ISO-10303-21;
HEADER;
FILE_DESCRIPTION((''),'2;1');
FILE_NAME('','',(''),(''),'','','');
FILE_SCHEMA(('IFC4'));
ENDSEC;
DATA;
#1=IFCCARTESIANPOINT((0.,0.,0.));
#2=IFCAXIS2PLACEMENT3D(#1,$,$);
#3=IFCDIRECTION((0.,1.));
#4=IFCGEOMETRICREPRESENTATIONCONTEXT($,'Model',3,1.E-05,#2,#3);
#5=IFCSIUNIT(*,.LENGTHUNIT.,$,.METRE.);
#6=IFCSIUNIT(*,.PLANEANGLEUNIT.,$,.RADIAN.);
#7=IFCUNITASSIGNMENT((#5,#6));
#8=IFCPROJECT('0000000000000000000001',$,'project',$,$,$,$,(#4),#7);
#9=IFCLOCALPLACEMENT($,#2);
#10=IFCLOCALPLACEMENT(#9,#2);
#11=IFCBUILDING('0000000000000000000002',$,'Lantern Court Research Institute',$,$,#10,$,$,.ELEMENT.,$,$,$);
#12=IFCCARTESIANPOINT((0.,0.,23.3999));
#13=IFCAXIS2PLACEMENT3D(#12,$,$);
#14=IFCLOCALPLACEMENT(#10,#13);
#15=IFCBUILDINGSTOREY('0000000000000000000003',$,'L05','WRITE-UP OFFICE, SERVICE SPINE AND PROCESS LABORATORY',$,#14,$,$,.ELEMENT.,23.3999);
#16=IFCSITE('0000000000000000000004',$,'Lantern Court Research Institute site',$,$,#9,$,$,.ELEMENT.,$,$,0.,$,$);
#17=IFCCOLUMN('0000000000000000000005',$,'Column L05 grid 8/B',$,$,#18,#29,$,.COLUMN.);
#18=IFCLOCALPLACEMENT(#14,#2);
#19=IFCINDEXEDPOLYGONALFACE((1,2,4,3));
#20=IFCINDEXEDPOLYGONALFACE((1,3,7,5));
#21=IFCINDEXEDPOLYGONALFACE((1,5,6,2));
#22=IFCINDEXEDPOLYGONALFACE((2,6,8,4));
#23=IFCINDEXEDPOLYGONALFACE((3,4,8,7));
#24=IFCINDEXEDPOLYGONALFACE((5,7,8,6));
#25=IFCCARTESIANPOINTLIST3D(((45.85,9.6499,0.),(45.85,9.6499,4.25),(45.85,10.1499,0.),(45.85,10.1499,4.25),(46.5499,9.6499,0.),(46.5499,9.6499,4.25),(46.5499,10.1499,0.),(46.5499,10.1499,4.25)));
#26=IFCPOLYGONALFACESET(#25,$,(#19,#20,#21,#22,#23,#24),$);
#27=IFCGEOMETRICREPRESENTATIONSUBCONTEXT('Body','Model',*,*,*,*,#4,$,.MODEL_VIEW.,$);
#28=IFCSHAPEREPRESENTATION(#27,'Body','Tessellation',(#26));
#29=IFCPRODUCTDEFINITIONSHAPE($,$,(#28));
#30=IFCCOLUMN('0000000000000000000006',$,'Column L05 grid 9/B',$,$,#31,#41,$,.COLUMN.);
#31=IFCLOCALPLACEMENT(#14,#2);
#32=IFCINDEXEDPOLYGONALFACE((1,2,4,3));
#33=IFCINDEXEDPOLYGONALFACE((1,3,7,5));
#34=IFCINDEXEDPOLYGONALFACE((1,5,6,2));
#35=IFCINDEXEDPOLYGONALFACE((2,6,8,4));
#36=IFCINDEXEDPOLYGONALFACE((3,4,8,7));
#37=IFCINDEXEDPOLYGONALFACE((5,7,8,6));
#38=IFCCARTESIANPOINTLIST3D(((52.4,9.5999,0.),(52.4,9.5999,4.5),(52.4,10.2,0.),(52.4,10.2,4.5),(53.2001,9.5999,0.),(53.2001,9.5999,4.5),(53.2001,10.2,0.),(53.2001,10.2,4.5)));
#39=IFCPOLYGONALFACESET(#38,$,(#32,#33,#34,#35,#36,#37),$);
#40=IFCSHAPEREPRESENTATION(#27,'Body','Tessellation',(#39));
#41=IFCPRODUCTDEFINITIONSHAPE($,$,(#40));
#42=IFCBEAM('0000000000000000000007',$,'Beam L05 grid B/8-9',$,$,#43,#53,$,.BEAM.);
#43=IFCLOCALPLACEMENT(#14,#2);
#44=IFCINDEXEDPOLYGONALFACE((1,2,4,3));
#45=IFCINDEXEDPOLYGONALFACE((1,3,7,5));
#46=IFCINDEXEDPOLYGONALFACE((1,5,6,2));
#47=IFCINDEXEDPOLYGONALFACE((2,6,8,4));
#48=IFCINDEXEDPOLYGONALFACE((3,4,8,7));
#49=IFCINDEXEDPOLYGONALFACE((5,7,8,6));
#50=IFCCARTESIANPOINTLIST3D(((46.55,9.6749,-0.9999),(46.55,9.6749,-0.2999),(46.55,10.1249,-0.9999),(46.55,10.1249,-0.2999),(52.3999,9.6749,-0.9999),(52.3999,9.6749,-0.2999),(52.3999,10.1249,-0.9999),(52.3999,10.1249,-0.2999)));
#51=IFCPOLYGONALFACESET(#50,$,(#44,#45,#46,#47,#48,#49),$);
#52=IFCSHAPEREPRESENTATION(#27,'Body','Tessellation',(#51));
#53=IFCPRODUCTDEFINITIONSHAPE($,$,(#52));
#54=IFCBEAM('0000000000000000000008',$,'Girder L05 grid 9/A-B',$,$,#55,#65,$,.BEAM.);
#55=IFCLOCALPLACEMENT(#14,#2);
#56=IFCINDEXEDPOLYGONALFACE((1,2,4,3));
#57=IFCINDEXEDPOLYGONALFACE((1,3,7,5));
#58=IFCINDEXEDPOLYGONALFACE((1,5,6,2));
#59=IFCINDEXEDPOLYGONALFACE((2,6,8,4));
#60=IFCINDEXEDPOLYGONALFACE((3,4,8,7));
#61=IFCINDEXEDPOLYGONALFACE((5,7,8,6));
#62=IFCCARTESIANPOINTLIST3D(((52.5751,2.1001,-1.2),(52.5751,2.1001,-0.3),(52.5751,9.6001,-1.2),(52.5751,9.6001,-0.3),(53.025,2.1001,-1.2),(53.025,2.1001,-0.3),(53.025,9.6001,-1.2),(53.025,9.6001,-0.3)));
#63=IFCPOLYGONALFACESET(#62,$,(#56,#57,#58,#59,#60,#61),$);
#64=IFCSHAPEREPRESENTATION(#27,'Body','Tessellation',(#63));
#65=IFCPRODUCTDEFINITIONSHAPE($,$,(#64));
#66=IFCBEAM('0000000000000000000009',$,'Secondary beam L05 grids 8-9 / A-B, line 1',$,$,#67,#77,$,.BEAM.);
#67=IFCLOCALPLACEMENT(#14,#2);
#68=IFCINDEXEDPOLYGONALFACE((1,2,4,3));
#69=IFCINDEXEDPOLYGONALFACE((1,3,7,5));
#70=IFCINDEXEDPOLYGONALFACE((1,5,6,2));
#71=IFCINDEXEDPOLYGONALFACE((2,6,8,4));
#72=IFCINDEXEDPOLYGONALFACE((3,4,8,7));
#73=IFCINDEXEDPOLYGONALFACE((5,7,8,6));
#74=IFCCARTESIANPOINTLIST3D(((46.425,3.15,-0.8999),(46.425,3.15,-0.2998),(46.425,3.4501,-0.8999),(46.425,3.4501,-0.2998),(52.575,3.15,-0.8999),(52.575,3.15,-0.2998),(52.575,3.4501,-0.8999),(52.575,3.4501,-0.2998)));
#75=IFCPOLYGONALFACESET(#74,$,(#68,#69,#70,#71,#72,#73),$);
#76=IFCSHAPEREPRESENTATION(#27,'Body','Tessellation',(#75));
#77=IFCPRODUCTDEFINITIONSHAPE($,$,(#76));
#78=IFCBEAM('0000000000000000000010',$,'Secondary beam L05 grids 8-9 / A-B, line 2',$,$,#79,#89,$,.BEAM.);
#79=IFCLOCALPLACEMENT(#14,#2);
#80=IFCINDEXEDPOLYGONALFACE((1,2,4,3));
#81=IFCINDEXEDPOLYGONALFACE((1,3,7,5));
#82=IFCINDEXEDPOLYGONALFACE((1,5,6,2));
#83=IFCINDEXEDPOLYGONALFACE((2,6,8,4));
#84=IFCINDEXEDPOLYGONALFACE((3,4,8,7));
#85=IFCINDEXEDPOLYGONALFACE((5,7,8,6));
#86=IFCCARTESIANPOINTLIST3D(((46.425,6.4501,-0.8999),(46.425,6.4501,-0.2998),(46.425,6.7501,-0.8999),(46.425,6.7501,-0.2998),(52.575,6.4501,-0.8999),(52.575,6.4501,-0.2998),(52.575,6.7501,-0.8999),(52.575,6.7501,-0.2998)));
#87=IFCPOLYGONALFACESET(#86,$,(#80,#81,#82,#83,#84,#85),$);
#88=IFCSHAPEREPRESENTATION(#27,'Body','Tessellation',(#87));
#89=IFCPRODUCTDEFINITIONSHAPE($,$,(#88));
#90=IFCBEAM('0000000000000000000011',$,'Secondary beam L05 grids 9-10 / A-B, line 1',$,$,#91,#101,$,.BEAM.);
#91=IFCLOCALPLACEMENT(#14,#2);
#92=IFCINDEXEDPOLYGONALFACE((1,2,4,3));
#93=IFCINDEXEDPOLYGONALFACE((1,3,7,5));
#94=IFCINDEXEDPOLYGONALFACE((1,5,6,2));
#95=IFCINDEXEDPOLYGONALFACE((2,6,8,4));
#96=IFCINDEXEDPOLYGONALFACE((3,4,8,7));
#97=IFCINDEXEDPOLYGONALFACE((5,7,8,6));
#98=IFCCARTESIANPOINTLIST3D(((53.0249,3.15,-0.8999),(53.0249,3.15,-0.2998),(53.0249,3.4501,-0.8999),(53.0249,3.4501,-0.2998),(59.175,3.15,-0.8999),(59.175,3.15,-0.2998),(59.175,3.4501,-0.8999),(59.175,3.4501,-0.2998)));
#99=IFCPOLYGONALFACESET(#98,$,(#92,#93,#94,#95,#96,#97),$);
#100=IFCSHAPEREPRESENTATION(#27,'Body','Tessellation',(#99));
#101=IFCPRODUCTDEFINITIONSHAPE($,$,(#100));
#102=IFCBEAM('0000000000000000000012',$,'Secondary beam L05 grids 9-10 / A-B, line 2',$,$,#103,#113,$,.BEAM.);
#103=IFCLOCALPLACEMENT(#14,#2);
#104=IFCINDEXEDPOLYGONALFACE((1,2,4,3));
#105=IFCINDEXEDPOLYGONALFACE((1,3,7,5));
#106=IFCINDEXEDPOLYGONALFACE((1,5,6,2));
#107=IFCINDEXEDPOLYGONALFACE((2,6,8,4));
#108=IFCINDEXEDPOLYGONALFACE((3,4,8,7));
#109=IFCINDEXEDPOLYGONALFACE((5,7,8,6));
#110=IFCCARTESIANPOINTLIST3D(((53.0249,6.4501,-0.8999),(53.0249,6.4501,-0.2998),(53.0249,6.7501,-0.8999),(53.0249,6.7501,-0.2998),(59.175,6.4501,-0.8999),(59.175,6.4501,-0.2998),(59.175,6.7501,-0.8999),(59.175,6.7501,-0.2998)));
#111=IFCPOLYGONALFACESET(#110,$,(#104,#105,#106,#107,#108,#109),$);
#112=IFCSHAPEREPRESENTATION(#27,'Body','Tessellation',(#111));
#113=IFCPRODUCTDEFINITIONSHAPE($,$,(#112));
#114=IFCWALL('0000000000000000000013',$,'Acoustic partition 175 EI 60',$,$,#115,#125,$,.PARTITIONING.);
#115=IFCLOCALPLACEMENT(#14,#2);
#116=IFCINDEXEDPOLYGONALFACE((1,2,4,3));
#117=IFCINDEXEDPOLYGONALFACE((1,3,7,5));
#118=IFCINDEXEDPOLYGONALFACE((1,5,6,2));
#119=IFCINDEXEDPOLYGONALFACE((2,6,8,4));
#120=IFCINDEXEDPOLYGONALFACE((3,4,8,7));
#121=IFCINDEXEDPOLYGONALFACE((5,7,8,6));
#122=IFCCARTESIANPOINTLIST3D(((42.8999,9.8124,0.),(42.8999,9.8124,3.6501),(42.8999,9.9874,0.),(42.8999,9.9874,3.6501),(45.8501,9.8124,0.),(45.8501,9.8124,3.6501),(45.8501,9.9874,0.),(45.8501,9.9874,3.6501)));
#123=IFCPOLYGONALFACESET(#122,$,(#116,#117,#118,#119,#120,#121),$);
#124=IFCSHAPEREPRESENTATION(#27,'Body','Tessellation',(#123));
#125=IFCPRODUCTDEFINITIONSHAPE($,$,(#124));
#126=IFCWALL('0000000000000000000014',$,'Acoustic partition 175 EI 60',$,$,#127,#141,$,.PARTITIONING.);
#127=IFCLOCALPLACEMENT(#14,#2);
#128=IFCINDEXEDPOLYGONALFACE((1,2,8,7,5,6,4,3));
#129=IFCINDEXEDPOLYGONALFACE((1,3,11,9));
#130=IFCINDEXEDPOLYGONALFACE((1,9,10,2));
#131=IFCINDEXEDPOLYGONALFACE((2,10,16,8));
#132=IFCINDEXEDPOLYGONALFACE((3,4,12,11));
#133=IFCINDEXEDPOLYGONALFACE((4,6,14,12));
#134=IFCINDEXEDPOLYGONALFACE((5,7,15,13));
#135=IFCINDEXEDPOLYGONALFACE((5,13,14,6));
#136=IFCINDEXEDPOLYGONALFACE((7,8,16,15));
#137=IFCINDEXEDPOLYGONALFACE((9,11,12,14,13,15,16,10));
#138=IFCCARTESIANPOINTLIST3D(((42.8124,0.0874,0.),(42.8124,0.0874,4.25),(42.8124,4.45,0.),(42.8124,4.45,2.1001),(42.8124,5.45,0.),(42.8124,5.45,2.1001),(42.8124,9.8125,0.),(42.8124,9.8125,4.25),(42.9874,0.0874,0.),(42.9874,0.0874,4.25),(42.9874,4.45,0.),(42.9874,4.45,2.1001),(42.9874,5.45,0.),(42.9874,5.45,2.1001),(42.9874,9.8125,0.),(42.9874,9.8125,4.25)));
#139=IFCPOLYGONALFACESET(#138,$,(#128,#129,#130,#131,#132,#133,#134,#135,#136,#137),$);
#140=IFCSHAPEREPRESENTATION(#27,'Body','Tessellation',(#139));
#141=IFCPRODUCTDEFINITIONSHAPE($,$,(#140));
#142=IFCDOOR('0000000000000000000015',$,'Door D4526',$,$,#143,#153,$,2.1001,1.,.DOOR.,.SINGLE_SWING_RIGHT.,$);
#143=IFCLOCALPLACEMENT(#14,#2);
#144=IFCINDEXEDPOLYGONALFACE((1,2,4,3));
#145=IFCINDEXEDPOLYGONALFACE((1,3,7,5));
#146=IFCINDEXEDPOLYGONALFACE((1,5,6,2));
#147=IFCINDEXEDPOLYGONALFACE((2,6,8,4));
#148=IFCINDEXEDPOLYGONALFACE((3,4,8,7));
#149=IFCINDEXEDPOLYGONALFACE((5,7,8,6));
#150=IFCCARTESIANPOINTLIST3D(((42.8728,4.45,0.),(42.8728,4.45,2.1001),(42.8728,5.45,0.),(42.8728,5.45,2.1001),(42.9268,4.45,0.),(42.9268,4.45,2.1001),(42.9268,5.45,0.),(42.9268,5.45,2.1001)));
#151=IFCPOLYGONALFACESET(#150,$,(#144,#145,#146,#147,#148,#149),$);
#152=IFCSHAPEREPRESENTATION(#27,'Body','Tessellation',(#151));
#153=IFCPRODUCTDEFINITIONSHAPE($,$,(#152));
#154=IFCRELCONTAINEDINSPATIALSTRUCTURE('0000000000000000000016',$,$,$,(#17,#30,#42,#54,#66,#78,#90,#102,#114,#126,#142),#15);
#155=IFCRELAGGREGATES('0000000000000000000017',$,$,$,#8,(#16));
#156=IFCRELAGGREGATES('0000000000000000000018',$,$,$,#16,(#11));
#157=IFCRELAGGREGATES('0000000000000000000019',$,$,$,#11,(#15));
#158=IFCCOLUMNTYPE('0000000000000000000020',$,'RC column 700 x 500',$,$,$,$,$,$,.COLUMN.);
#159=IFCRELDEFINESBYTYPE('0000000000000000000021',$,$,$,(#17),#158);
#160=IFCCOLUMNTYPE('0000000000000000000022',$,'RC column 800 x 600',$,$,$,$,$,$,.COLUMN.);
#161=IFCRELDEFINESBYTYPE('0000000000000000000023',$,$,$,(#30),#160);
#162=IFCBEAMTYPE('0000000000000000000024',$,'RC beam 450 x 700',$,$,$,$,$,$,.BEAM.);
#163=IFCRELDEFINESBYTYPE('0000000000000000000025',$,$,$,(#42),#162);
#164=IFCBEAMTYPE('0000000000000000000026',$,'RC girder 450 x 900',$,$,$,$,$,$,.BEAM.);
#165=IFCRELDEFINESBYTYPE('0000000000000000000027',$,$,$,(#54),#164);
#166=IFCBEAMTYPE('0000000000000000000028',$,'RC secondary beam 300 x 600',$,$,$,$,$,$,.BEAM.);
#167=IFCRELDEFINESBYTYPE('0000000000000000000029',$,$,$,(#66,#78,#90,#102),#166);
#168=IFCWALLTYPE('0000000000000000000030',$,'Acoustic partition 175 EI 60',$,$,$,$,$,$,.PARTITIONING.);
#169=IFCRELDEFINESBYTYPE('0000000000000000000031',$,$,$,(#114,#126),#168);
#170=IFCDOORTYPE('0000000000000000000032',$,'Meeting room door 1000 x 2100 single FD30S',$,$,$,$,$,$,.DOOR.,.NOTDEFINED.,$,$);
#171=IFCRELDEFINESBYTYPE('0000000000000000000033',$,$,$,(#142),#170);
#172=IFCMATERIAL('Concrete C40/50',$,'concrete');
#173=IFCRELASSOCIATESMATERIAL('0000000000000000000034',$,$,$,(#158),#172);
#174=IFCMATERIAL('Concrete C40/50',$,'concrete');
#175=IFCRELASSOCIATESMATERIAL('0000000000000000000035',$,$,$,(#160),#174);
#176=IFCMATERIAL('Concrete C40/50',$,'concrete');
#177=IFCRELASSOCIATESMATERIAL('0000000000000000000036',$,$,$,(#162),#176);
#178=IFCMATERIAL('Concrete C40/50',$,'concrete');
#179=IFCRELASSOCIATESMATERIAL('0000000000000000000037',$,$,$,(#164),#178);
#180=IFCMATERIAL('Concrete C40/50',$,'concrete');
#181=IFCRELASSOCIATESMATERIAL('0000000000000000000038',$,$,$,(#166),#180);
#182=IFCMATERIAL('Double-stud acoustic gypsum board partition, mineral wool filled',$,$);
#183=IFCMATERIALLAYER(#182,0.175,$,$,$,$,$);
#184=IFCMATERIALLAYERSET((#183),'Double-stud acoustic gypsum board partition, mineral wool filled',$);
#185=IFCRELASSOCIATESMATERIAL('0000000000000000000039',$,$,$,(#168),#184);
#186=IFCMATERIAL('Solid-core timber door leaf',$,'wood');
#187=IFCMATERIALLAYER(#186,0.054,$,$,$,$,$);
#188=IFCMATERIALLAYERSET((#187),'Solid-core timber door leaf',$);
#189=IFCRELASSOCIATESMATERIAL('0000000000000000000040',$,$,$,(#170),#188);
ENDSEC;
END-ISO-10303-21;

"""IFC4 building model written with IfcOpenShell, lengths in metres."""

from ifc_helpers import new_model, si_unit, direction, frame, frame_2d, origin, origin_2d, place, context, subcontext, project, spatial, rectangle, extrude, material, layer, layer_set, material_profile, profile_set, type_object, element, fill, save


model = new_model("IFC4")

# Units and contexts
model_context = context("Model", 3, precision=1e-05, world=origin(), true_north=direction((0.0, 1.0)))
body_context = subcontext(model_context, "Body", "Model", "MODEL_VIEW")
ifc_project = project(units=[si_unit("LENGTHUNIT", "METRE"), si_unit("PLANEANGLEUNIT", "RADIAN")], contexts=[model_context])

# Site, building, storey
site_placement = place(None, origin())
site = spatial("IfcSite", under=ifc_project, at=site_placement, Name="Lantern Court Research Institute site", CompositionType="ELEMENT", RefElevation=0.0)
building_placement = place(site_placement, origin())
building = spatial("IfcBuilding", under=site, at=building_placement, Name="Lantern Court Research Institute", CompositionType="ELEMENT")
storey_placement = place(building_placement, frame((0.0, 0.0, 23.3999)))
storey = spatial("IfcBuildingStorey", under=building, at=storey_placement, Name="L05", Description="WRITE-UP OFFICE, SERVICE SPINE AND PROCESS LABORATORY", CompositionType="ELEMENT", Elevation=23.3999)

# Columns
ifc_material_1 = material(Name="Concrete C40/50", Category="concrete")
ifc_material_profile_1 = material_profile(ifc_material_1, rectangle(XDim=0.7, YDim=0.5, at=origin_2d()), Name="RC column 700 x 500")
ifc_profile_set_1 = profile_set([ifc_material_profile_1], Name="Concrete C40/50")
column_type_1 = type_object("IfcColumnType", Name="RC column 700 x 500", PredefinedType="COLUMN", material=ifc_profile_set_1)
column_1_placement = place(storey_placement, frame((46.2, 9.8999, 0.0), z_axis=(0.0, 0.0, 1.0), x_axis=(1.0, 0.0, 0.0)))
element("IfcColumn", 1, at=column_1_placement, inside=storey, type_object=column_type_1, Name="Column L05 grid 8/B", PredefinedType="COLUMN", context=body_context, shape_type="SweptSolid", body=[
    extrude(rectangle(XDim=0.7, YDim=0.5, at=origin_2d()), origin(), (0.0, 0.0, 1.0), 4.25),
])
ifc_material_2 = material(Name="Concrete C40/50", Category="concrete")
ifc_material_profile_2 = material_profile(ifc_material_2, rectangle(XDim=0.8, YDim=0.6001, at=origin_2d()), Name="RC column 800 x 600")
ifc_profile_set_2 = profile_set([ifc_material_profile_2], Name="Concrete C40/50")
column_type_2 = type_object("IfcColumnType", Name="RC column 800 x 600", PredefinedType="COLUMN", material=ifc_profile_set_2)
column_2_placement = place(storey_placement, frame((52.8, 9.8999, 0.0), z_axis=(0.0, 0.0, 1.0), x_axis=(1.0, 0.0, 0.0)))
element("IfcColumn", 2, at=column_2_placement, inside=storey, type_object=column_type_2, Name="Column L05 grid 9/B", PredefinedType="COLUMN", context=body_context, shape_type="SweptSolid", body=[
    extrude(rectangle(XDim=0.8, YDim=0.6001, at=origin_2d()), origin(), (0.0, 0.0, 1.0), 4.5),
])

# Beams
ifc_material_3 = material(Name="Concrete C40/50", Category="concrete")
ifc_material_profile_3 = material_profile(ifc_material_3, rectangle(XDim=0.45, YDim=0.7, at=origin_2d()), Name="RC beam 450 x 700")
ifc_profile_set_3 = profile_set([ifc_material_profile_3], Name="Concrete C40/50")
beam_type_1 = type_object("IfcBeamType", Name="RC beam 450 x 700", PredefinedType="BEAM", material=ifc_profile_set_3)
beam_1_placement = place(storey_placement, frame((46.55, 9.8999, -0.6499), z_axis=(1.0, 0.0, 0.0), x_axis=(0.0, 1.0, 0.0)))
element("IfcBeam", 3, at=beam_1_placement, inside=storey, type_object=beam_type_1, Name="Beam L05 grid B/8-9", PredefinedType="BEAM", context=body_context, shape_type="SweptSolid", body=[
    extrude(rectangle(XDim=0.45, YDim=0.7, at=origin_2d()), origin(), (0.0, 0.0, 1.0), 5.8499),
])
ifc_material_4 = material(Name="Concrete C40/50", Category="concrete")
ifc_material_profile_4 = material_profile(ifc_material_4, rectangle(XDim=0.45, YDim=0.8999, at=origin_2d()), Name="RC beam 450 x 900")
ifc_profile_set_4 = profile_set([ifc_material_profile_4], Name="Concrete C40/50")
beam_type_2 = type_object("IfcBeamType", Name="RC girder 450 x 900", PredefinedType="BEAM", material=ifc_profile_set_4)
beam_2_placement = place(storey_placement, frame((52.8, 2.1001, -0.75), z_axis=(0.0, 1.0, 0.0), x_axis=(-1.0, 0.0, 0.0)))
element("IfcBeam", 4, at=beam_2_placement, inside=storey, type_object=beam_type_2, Name="Girder L05 grid 9/A-B", PredefinedType="BEAM", context=body_context, shape_type="SweptSolid", body=[
    extrude(rectangle(XDim=0.45, YDim=0.8999, at=origin_2d()), origin(), (0.0, 0.0, 1.0), 7.5),
])
ifc_material_5 = material(Name="Concrete C40/50", Category="concrete")
ifc_material_profile_5 = material_profile(ifc_material_5, rectangle(XDim=0.3, YDim=0.6001, at=origin_2d()), Name="RC beam 300 x 600")
ifc_profile_set_5 = profile_set([ifc_material_profile_5], Name="Concrete C40/50")
beam_type_3 = type_object("IfcBeamType", Name="RC secondary beam 300 x 600", PredefinedType="BEAM", material=ifc_profile_set_5)
for number, where, z_axis, x_axis, name in (
    (5, (46.425, 3.3, -0.5999), (1.0, 0.0, 0.0), (0.0, 1.0, 0.0), "Secondary beam L05 grids 8-9 / A-B, line 1"),
    (6, (46.425, 6.6001, -0.5999), (1.0, 0.0, 0.0), (0.0, 1.0, 0.0), "Secondary beam L05 grids 8-9 / A-B, line 2"),
):
    element("IfcBeam", number, at=place(storey_placement, frame(where, z_axis=z_axis, x_axis=x_axis)), inside=storey, type_object=beam_type_3, Name=name, PredefinedType="BEAM", context=body_context, shape_type="SweptSolid", body=[
        extrude(rectangle(XDim=0.3, YDim=0.6001, at=origin_2d()), origin(), (0.0, 0.0, 1.0), 6.1499),
    ])
for number, where, z_axis, x_axis, name in (
    (7, (53.0249, 3.3, -0.5999), (1.0, 0.0, 0.0), (0.0, 1.0, 0.0), "Secondary beam L05 grids 9-10 / A-B, line 1"),
    (8, (53.0249, 6.6001, -0.5999), (1.0, 0.0, 0.0), (0.0, 1.0, 0.0), "Secondary beam L05 grids 9-10 / A-B, line 2"),
):
    element("IfcBeam", number, at=place(storey_placement, frame(where, z_axis=z_axis, x_axis=x_axis)), inside=storey, type_object=beam_type_3, Name=name, PredefinedType="BEAM", context=body_context, shape_type="SweptSolid", body=[
        extrude(rectangle(XDim=0.3, YDim=0.6001, at=origin_2d()), origin(), (0.0, 0.0, 1.0), 6.1501),
    ])

# Wall
ifc_material_6 = material(Name="Double-stud acoustic gypsum board partition, mineral wool filled")
ifc_layer_1 = layer(ifc_material_6, 0.175)
ifc_layer_set_1 = layer_set([ifc_layer_1], Name="Double-stud acoustic gypsum board partition, mineral wool filled")
wall_type_1 = type_object("IfcWallType", Name="Acoustic partition 175 EI 60", PredefinedType="PARTITIONING", material=ifc_layer_set_1)
wall_1_placement = place(storey_placement, frame((42.8999, 9.8999, 0.0), z_axis=(0.0, 0.0, 1.0), x_axis=(1.0, 0.0, 0.0)))
element("IfcWall", 9, at=wall_1_placement, inside=storey, type_object=wall_type_1, Name="Acoustic partition 175 EI 60", PredefinedType="PARTITIONING", context=body_context, shape_type="SweptSolid", body=[
    extrude(rectangle(XDim=2.9502, YDim=0.175, at=frame_2d((1.4751, 0.0))), origin(), (0.0, 0.0, 1.0), 3.6501),
])

# Wall, opening, door
wall_2_placement = place(storey_placement, frame((42.8999, 9.8125, 0.0), z_axis=(0.0, 0.0, 1.0), x_axis=(0.0, -1.0, 0.0)))
wall_2 = element("IfcWall", 10, at=wall_2_placement, inside=storey, type_object=wall_type_1, Name="Acoustic partition 175 EI 60", PredefinedType="PARTITIONING", context=body_context, shape_type="SweptSolid", body=[
    extrude(rectangle(XDim=9.7251, YDim=0.175, at=frame_2d((4.8625, 0.0))), origin(), (0.0, 0.0, 1.0), 4.25),
])
opening_1_placement = place(wall_2_placement, frame((4.3625, 0.0, 0.0)))
opening_1 = element("IfcOpeningElement", 11, at=opening_1_placement, cuts=wall_2, PredefinedType="OPENING", context=body_context, shape_type="SweptSolid", body=[
    extrude(rectangle(XDim=1.0, YDim=2.1001, at=frame_2d((0.5, 1.05))), frame((0.0, 0.0974, 0.0), z_axis=(0.0, -1.0, 0.0), x_axis=(1.0, 0.0, 0.0)), (0.0, 0.0, 1.0), 0.1951),
])
ifc_material_7 = material(Name="Solid-core timber door leaf", Category="wood")
ifc_layer_2 = layer(ifc_material_7, 0.054)
ifc_layer_set_2 = layer_set([ifc_layer_2], Name="Solid-core timber door leaf")
door_type_1 = type_object("IfcDoorType", Name="Meeting room door 1000 x 2100 single FD30S", OperationType="NOTDEFINED", PredefinedType="DOOR", material=ifc_layer_set_2)
door_1_placement = place(opening_1_placement, origin())
door_1 = element("IfcDoor", 12, at=door_1_placement, inside=storey, type_object=door_type_1, Name="Door D4526", OperationType="SINGLE_SWING_RIGHT", OverallHeight=2.1001, OverallWidth=1.0, PredefinedType="DOOR", context=body_context, shape_type="SweptSolid", body=[
    extrude(rectangle(XDim=1.0, YDim=2.1001, at=frame_2d((0.5, 1.05))), frame((0.0, 0.0269, 0.0), z_axis=(0.0, -1.0, 0.0), x_axis=(1.0, 0.0, 0.0)), (0.0, 0.0, 1.0), 0.054),
])
fill(opening_1, door_1)

save(model, "model.ifc")
